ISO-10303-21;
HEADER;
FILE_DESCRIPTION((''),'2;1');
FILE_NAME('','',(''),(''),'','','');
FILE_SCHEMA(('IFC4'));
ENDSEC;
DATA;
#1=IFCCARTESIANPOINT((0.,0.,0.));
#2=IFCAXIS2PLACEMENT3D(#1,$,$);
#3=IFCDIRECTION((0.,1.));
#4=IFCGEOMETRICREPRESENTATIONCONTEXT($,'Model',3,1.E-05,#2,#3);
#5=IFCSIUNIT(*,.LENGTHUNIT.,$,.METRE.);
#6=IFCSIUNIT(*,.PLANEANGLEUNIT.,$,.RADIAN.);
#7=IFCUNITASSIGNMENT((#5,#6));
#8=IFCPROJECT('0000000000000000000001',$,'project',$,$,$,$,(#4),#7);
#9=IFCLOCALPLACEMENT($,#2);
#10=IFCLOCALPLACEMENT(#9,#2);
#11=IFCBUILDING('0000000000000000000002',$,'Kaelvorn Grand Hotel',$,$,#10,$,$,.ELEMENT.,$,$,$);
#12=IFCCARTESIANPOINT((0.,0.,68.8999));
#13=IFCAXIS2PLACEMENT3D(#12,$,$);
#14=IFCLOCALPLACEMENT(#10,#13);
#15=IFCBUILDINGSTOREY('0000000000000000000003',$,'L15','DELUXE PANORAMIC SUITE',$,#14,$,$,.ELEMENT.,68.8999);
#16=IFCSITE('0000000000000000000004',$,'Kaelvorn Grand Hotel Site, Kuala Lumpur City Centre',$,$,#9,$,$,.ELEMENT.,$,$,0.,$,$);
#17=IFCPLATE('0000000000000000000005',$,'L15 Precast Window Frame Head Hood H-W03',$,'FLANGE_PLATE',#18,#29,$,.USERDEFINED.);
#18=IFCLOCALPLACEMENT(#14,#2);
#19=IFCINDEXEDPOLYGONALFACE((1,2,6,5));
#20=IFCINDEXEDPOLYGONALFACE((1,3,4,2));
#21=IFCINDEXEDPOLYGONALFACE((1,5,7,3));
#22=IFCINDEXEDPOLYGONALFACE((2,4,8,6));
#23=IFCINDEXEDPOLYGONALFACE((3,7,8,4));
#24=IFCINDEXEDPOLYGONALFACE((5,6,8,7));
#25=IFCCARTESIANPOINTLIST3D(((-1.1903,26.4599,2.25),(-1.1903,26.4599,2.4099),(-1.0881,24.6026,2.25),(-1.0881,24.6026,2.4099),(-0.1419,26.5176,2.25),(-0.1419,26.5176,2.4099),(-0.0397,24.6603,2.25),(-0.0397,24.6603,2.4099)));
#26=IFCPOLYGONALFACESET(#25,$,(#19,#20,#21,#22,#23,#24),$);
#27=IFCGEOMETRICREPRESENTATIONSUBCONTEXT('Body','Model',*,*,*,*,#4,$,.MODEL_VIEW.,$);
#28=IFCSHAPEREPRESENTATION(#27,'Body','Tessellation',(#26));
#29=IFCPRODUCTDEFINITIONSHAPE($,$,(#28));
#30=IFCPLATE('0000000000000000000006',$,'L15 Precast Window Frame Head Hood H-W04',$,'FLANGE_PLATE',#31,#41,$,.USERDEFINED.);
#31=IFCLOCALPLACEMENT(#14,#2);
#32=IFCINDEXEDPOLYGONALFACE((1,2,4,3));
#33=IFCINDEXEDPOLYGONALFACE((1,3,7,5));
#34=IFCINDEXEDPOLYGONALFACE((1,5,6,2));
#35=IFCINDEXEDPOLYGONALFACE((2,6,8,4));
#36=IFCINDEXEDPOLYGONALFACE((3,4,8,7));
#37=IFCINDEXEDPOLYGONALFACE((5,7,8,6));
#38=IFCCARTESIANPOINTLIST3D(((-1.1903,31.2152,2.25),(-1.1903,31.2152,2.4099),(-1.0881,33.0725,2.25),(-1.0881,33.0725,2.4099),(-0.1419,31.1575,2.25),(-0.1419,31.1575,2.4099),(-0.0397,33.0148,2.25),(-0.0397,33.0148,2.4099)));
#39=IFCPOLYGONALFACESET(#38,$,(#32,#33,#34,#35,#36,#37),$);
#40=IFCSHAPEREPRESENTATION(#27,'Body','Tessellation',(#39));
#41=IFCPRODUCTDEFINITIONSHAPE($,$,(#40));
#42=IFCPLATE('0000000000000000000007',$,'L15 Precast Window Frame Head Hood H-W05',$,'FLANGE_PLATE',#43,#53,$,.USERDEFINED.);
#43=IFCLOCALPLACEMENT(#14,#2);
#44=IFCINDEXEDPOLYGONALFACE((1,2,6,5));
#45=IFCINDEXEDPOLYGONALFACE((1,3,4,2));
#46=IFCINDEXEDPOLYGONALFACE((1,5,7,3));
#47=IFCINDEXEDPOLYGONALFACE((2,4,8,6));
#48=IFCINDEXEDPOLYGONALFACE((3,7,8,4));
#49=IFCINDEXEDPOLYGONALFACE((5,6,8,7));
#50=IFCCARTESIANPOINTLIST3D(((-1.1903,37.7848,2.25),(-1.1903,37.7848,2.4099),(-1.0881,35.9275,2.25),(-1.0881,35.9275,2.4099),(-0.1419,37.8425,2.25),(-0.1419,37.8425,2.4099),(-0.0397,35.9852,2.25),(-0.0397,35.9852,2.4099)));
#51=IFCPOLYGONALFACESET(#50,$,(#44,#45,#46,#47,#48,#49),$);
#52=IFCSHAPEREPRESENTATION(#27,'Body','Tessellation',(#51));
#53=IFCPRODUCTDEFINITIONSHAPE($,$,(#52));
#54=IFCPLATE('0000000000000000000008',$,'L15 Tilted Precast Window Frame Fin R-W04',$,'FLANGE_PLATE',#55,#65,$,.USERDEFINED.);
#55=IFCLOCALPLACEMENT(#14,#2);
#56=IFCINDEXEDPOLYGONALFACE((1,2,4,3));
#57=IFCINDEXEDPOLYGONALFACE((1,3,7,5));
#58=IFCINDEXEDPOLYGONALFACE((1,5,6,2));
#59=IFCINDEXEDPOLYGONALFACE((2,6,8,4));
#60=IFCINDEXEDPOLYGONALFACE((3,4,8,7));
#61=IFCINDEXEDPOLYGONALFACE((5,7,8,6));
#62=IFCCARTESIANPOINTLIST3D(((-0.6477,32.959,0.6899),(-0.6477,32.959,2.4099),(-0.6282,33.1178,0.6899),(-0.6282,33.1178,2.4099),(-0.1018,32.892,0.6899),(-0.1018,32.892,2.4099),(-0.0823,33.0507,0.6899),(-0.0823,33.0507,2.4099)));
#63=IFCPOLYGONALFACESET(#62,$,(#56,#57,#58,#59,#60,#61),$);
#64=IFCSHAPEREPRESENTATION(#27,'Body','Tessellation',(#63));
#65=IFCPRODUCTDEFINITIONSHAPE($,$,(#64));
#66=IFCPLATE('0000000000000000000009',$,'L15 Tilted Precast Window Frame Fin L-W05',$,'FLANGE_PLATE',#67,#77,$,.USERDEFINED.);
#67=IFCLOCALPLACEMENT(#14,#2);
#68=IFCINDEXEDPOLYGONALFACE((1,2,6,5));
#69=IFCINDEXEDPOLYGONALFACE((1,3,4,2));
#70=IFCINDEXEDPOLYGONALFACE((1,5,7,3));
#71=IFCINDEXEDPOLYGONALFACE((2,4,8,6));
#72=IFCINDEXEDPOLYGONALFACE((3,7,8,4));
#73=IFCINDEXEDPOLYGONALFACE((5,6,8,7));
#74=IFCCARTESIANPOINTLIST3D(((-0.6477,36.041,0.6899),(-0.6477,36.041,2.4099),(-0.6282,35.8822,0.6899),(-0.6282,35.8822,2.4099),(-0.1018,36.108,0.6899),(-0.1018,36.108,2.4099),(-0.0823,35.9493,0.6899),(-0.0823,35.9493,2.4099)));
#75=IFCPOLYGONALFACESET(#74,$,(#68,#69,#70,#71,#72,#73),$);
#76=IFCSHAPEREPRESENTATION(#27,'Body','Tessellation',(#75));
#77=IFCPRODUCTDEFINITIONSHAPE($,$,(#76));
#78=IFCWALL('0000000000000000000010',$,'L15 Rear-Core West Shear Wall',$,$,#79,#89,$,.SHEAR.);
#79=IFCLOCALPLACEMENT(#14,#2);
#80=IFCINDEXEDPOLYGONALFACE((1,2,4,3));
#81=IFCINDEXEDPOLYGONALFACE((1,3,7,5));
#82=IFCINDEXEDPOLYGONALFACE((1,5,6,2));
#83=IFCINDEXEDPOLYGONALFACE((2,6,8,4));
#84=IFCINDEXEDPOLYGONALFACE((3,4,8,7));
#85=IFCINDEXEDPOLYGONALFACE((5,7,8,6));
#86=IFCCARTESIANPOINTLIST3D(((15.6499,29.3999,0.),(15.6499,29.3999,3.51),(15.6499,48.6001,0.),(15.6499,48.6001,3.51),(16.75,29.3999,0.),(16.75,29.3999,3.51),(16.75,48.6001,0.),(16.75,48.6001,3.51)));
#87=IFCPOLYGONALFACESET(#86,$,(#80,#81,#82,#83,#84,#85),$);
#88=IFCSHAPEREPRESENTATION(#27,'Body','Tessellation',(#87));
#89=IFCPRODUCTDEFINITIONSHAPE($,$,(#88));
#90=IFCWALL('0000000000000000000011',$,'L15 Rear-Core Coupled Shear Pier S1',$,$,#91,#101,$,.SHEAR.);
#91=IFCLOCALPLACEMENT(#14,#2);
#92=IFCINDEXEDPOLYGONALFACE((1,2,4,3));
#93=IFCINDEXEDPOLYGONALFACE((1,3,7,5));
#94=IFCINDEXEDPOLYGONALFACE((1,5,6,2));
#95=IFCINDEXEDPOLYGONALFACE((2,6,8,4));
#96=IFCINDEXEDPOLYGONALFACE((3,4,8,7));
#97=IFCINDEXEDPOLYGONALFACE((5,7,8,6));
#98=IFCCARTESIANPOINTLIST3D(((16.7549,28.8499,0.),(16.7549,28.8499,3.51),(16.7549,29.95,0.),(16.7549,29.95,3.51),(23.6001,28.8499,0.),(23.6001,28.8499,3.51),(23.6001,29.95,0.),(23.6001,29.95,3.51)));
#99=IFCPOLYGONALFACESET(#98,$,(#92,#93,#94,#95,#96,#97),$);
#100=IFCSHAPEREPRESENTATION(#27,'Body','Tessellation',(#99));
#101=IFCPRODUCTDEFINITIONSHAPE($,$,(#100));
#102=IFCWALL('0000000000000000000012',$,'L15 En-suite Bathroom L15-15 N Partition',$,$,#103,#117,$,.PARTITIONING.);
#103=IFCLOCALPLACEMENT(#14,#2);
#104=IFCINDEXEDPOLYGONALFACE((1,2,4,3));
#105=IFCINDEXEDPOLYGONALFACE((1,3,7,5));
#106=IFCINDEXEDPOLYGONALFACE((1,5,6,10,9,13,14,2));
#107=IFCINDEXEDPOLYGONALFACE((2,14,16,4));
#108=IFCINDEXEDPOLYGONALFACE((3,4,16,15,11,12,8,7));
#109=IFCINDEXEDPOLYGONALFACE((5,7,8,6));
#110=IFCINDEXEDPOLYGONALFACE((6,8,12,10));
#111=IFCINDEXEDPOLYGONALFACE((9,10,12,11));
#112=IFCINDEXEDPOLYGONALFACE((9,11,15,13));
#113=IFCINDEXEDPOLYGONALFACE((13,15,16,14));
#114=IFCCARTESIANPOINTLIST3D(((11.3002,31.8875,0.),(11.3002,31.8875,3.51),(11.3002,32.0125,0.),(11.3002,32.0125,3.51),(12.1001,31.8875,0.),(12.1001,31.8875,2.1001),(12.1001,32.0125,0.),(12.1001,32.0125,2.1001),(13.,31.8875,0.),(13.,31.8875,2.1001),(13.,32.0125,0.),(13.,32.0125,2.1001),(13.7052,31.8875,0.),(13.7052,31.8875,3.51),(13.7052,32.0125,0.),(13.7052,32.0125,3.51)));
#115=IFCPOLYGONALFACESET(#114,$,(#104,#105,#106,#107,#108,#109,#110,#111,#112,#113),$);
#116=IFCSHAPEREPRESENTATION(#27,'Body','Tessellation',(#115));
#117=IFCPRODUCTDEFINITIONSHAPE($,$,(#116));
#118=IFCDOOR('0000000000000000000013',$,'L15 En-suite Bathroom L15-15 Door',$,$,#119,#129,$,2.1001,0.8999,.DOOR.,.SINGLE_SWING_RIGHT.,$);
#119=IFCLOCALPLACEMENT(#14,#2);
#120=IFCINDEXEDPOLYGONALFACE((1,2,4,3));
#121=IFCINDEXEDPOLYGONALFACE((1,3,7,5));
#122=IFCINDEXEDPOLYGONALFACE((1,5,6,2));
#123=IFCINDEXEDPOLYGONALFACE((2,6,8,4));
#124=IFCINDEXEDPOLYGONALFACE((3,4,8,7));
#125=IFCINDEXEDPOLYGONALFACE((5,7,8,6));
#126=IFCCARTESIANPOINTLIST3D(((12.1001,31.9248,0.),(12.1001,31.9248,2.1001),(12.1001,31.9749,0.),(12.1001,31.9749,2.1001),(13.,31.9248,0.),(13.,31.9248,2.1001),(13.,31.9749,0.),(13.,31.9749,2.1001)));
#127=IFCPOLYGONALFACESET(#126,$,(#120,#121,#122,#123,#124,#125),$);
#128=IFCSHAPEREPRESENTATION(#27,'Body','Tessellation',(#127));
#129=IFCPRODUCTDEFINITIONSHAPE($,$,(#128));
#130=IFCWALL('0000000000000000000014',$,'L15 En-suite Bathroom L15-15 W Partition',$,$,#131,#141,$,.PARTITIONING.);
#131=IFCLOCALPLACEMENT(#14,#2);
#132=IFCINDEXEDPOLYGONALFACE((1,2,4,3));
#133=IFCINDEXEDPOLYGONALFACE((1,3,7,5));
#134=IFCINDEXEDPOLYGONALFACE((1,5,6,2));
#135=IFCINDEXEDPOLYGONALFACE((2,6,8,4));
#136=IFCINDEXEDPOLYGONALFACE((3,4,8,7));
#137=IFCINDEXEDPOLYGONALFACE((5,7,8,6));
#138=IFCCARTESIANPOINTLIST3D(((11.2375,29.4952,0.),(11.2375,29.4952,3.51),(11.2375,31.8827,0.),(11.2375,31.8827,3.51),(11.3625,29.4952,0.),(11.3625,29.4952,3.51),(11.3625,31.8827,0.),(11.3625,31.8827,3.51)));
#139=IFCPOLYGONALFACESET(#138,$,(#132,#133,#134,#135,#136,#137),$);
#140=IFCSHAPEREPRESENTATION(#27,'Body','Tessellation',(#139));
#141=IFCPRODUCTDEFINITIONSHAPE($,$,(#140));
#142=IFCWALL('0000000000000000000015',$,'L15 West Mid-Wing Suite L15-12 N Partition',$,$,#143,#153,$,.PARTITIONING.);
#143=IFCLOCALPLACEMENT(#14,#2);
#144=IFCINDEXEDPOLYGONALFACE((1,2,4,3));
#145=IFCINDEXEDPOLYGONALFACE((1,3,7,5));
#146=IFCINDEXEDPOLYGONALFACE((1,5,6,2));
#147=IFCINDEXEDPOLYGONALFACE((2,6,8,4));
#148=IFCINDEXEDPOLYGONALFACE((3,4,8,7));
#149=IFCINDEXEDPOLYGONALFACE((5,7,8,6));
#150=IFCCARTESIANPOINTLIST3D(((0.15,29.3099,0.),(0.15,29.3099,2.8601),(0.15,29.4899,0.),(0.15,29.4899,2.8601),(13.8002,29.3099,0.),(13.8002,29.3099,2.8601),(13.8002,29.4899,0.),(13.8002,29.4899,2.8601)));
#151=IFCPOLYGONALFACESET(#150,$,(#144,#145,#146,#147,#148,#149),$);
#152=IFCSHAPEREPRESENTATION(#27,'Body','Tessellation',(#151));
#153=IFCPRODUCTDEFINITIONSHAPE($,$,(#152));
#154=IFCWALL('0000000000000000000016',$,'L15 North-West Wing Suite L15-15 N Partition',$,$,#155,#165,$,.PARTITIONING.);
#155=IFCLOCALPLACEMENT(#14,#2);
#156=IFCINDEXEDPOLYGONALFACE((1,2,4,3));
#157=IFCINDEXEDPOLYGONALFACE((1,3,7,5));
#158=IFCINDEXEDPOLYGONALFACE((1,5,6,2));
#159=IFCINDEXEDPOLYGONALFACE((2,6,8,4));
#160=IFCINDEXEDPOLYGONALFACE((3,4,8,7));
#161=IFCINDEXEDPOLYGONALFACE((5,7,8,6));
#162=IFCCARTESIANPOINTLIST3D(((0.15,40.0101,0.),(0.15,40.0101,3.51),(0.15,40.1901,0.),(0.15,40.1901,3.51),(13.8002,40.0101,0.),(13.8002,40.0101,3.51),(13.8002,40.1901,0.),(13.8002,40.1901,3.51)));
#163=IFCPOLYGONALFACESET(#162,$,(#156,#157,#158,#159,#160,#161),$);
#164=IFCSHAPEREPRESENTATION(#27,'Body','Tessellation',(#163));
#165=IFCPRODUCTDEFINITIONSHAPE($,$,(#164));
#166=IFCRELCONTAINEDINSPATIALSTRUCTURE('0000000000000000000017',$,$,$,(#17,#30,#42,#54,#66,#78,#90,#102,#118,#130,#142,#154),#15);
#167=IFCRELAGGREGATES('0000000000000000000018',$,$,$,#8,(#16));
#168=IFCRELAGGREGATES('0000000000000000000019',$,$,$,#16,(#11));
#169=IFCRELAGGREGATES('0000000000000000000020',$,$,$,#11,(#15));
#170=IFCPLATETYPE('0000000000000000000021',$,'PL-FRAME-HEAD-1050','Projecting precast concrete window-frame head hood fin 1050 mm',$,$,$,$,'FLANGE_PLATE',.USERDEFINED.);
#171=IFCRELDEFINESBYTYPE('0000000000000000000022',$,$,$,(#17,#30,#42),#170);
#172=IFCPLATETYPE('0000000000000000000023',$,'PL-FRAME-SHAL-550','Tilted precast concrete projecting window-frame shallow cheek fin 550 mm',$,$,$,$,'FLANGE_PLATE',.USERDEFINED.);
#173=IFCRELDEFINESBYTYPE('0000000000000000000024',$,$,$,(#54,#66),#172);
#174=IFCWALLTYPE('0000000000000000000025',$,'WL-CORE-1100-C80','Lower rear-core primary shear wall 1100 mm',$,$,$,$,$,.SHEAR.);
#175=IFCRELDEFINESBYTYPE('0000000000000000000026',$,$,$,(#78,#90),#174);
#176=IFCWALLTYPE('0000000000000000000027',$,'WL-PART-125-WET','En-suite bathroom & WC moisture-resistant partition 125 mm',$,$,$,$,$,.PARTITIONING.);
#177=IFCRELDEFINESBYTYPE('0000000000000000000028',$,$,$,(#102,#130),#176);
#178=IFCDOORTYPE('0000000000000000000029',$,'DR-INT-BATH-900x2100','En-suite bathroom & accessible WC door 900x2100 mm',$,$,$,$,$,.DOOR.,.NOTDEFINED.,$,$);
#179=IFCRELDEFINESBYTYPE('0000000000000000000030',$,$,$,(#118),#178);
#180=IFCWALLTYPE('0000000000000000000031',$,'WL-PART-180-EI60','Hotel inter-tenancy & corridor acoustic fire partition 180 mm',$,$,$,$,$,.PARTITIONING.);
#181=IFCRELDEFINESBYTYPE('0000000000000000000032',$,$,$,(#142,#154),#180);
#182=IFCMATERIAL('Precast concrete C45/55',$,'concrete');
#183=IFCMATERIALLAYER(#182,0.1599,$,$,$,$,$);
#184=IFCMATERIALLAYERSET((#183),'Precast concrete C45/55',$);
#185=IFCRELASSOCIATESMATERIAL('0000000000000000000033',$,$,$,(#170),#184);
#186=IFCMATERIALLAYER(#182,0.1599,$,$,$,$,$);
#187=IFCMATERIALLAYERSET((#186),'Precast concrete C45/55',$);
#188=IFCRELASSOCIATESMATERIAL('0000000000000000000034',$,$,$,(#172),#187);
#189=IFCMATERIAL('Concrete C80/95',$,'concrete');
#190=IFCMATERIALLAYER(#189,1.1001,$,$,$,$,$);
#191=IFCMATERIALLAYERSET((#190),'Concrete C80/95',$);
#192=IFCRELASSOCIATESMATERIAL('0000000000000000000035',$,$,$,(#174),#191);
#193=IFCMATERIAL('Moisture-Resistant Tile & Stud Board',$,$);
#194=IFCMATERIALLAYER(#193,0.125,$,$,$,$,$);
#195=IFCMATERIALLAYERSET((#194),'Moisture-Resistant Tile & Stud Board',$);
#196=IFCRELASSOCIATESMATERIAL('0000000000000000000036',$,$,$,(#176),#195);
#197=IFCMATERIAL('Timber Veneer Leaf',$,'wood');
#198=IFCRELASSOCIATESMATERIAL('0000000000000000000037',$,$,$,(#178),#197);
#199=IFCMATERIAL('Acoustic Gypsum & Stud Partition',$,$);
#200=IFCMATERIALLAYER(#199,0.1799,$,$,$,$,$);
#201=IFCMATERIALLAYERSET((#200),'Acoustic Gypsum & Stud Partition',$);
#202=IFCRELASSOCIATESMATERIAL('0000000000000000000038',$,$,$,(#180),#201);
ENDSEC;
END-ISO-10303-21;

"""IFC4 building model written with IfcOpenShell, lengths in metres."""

from ifc_helpers import new_model, si_unit, direction, frame, frame_2d, origin, origin_2d, place, context, subcontext, project, spatial, rectangle, extrude, material, layer, layer_set, type_object, element, fill, save


model = new_model("IFC4")

# Units and contexts
model_context = context("Model", 3, precision=1e-05, world=origin(), true_north=direction((0.0, 1.0)))
body_context = subcontext(model_context, "Body", "Model", "MODEL_VIEW")
ifc_project = project(units=[si_unit("LENGTHUNIT", "METRE"), si_unit("PLANEANGLEUNIT", "RADIAN")], contexts=[model_context])

# Site, building, storey
site_placement = place(None, origin())
site = spatial("IfcSite", under=ifc_project, at=site_placement, Name="Kaelvorn Grand Hotel Site, Kuala Lumpur City Centre", CompositionType="ELEMENT", RefElevation=0.0)
building_placement = place(site_placement, origin())
building = spatial("IfcBuilding", under=site, at=building_placement, Name="Kaelvorn Grand Hotel", CompositionType="ELEMENT")
storey_placement = place(building_placement, frame((0.0, 0.0, 68.8999)))
storey = spatial("IfcBuildingStorey", under=building, at=storey_placement, Name="L15", Description="DELUXE PANORAMIC SUITE", CompositionType="ELEMENT", Elevation=68.8999)

# Shared definitions
ifc_material_1 = material(Name="Concrete C80/95", Category="concrete")

# Plates
ifc_material_2 = material(Name="Precast concrete C45/55", Category="concrete")
ifc_layer_1 = layer(ifc_material_2, 0.1599)
ifc_layer_set_1 = layer_set([ifc_layer_1], Name="Precast concrete C45/55")
plate_type_1 = type_object("IfcPlateType", Name="PL-FRAME-HEAD-1050", Description="Projecting precast concrete window-frame head hood fin 1050 mm", ElementType="FLANGE_PLATE", PredefinedType="USERDEFINED", material=ifc_layer_set_1)
for number, where, z_axis, x_axis, name in (
    (1, (-0.615, 25.5601, 2.25), (0.0, 0.0, 1.0), (-0.05495, 0.998489, 0.0), "L15 Precast Window Frame Head Hood H-W03"),
    (2, (-0.615, 32.115, 2.25), (0.0, 0.0, 1.0), (0.05495, 0.998489, 0.0), "L15 Precast Window Frame Head Hood H-W04"),
    (3, (-0.615, 36.885, 2.25), (0.0, 0.0, 1.0), (-0.05495, 0.998489, 0.0), "L15 Precast Window Frame Head Hood H-W05"),
):
    element("IfcPlate", number, at=place(storey_placement, frame(where, z_axis=z_axis, x_axis=x_axis)), inside=storey, type_object=plate_type_1, Name=name, ObjectType="FLANGE_PLATE", PredefinedType="USERDEFINED", context=body_context, shape_type="SweptSolid", body=[
        extrude(rectangle(XDim=1.8601, YDim=1.05, at=origin_2d()), origin(), (0.0, 0.0, 1.0), 0.1599),
    ])
ifc_layer_2 = layer(ifc_material_2, 0.1599)
ifc_layer_set_2 = layer_set([ifc_layer_2], Name="Precast concrete C45/55")
plate_type_2 = type_object("IfcPlateType", Name="PL-FRAME-SHAL-550", Description="Tilted precast concrete projecting window-frame shallow cheek fin 550 mm", ElementType="FLANGE_PLATE", PredefinedType="USERDEFINED", material=ifc_layer_set_2)
for number, where, z_axis, x_axis, name in (
    (4, (-0.365, 33.0049, 0.6899), (0.0, 0.0, 1.0), (0.121869, 0.992546, 0.0), "L15 Tilted Precast Window Frame Fin R-W04"),
    (5, (-0.365, 35.9951, 0.6899), (0.0, 0.0, 1.0), (-0.121869, 0.992546, 0.0), "L15 Tilted Precast Window Frame Fin L-W05"),
):
    element("IfcPlate", number, at=place(storey_placement, frame(where, z_axis=z_axis, x_axis=x_axis)), inside=storey, type_object=plate_type_2, Name=name, ObjectType="FLANGE_PLATE", PredefinedType="USERDEFINED", context=body_context, shape_type="SweptSolid", body=[
        extrude(rectangle(XDim=0.1599, YDim=0.55, at=origin_2d()), origin(), (0.0, 0.0, 1.0), 1.72),
    ])

# Walls
ifc_layer_3 = layer(ifc_material_1, 1.1001)
ifc_layer_set_3 = layer_set([ifc_layer_3], Name="Concrete C80/95")
wall_type_1 = type_object("IfcWallType", Name="WL-CORE-1100-C80", Description="Lower rear-core primary shear wall 1100 mm", PredefinedType="SHEAR", material=ifc_layer_set_3)
wall_1_placement = place(storey_placement, frame((16.2, 29.3999, 0.0), z_axis=(0.0, 0.0, 1.0), x_axis=(0.0, 1.0, 0.0)))
element("IfcWall", 6, at=wall_1_placement, inside=storey, type_object=wall_type_1, Name="L15 Rear-Core West Shear Wall", PredefinedType="SHEAR", context=body_context, shape_type="SweptSolid", body=[
    extrude(rectangle(XDim=19.2002, YDim=1.1001, at=frame_2d((9.6001, 0.0))), origin(), (0.0, 0.0, 1.0), 3.51),
])
wall_2_placement = place(storey_placement, frame((16.7549, 29.3999, 0.0), z_axis=(0.0, 0.0, 1.0), x_axis=(1.0, 0.0, 0.0)))
element("IfcWall", 7, at=wall_2_placement, inside=storey, type_object=wall_type_1, Name="L15 Rear-Core Coupled Shear Pier S1", PredefinedType="SHEAR", context=body_context, shape_type="SweptSolid", body=[
    extrude(rectangle(XDim=6.8452, YDim=1.1001, at=frame_2d((3.4226, 0.0))), origin(), (0.0, 0.0, 1.0), 3.51),
])

# Wall, opening, door
ifc_material_3 = material(Name="Moisture-Resistant Tile & Stud Board")
ifc_layer_4 = layer(ifc_material_3, 0.125)
ifc_layer_set_4 = layer_set([ifc_layer_4], Name="Moisture-Resistant Tile & Stud Board")
wall_type_2 = type_object("IfcWallType", Name="WL-PART-125-WET", Description="En-suite bathroom & WC moisture-resistant partition 125 mm", PredefinedType="PARTITIONING", material=ifc_layer_set_4)
wall_3_placement = place(storey_placement, frame((11.3, 31.95, 0.0), z_axis=(0.0, 0.0, 1.0), x_axis=(1.0, 0.0, 0.0)))
wall_3 = element("IfcWall", 8, at=wall_3_placement, inside=storey, type_object=wall_type_2, Name="L15 En-suite Bathroom L15-15 N Partition", PredefinedType="PARTITIONING", context=body_context, shape_type="SweptSolid", body=[
    extrude(rectangle(XDim=2.405, YDim=0.125, at=frame_2d((1.2026, 0.0))), origin(), (0.0, 0.0, 1.0), 3.51),
])
opening_1_placement = place(wall_3_placement, frame((0.8, 0.0, 0.0)))
opening_1 = element("IfcOpeningElement", 9, at=opening_1_placement, cuts=wall_3, PredefinedType="OPENING", context=body_context, shape_type="SweptSolid", body=[
    extrude(rectangle(XDim=0.8999, YDim=2.1001, at=frame_2d((0.45, 1.05))), frame((0.0, 0.0725, 0.0), z_axis=(0.0, -1.0, 0.0), x_axis=(1.0, 0.0, 0.0)), (0.0, 0.0, 1.0), 0.145),
])
ifc_material_4 = material(Name="Timber Veneer Leaf", Category="wood")
door_type_1 = type_object("IfcDoorType", Name="DR-INT-BATH-900x2100", Description="En-suite bathroom & accessible WC door 900x2100 mm", OperationType="NOTDEFINED", PredefinedType="DOOR", material=ifc_material_4)
door_1_placement = place(opening_1_placement, origin())
door_1 = element("IfcDoor", 10, at=door_1_placement, inside=storey, type_object=door_type_1, Name="L15 En-suite Bathroom L15-15 Door", OperationType="SINGLE_SWING_RIGHT", OverallHeight=2.1001, OverallWidth=0.8999, PredefinedType="DOOR", context=body_context, shape_type="SweptSolid", body=[
    extrude(rectangle(XDim=0.8999, YDim=2.1001, at=frame_2d((0.45, 1.05))), frame((0.0, 0.0249, 0.0), z_axis=(0.0, -1.0, 0.0), x_axis=(1.0, 0.0, 0.0)), (0.0, 0.0, 1.0), 0.05),
])
fill(opening_1, door_1)

# Walls
wall_4_placement = place(storey_placement, frame((11.3, 29.4951, 0.0), z_axis=(0.0, 0.0, 1.0), x_axis=(0.0, 1.0, 0.0)))
element("IfcWall", 11, at=wall_4_placement, inside=storey, type_object=wall_type_2, Name="L15 En-suite Bathroom L15-15 W Partition", PredefinedType="PARTITIONING", context=body_context, shape_type="SweptSolid", body=[
    extrude(rectangle(XDim=2.3875, YDim=0.125, at=frame_2d((1.1938, 0.0))), origin(), (0.0, 0.0, 1.0), 3.51),
])
ifc_material_5 = material(Name="Acoustic Gypsum & Stud Partition")
ifc_layer_5 = layer(ifc_material_5, 0.1799)
ifc_layer_set_5 = layer_set([ifc_layer_5], Name="Acoustic Gypsum & Stud Partition")
wall_type_3 = type_object("IfcWallType", Name="WL-PART-180-EI60", Description="Hotel inter-tenancy & corridor acoustic fire partition 180 mm", PredefinedType="PARTITIONING", material=ifc_layer_set_5)
wall_5_placement = place(storey_placement, frame((0.1499, 29.3999, 0.0), z_axis=(0.0, 0.0, 1.0), x_axis=(1.0, 0.0, 0.0)))
element("IfcWall", 12, at=wall_5_placement, inside=storey, type_object=wall_type_3, Name="L15 West Mid-Wing Suite L15-12 N Partition", PredefinedType="PARTITIONING", context=body_context, shape_type="SweptSolid", body=[
    extrude(rectangle(XDim=13.6501, YDim=0.1799, at=frame_2d((6.8252, 0.0))), origin(), (0.0, 0.0, 1.0), 2.8601),
])
wall_6_placement = place(storey_placement, frame((0.1499, 40.1001, 0.0), z_axis=(0.0, 0.0, 1.0), x_axis=(1.0, 0.0, 0.0)))
element("IfcWall", 13, at=wall_6_placement, inside=storey, type_object=wall_type_3, Name="L15 North-West Wing Suite L15-15 N Partition", PredefinedType="PARTITIONING", context=body_context, shape_type="SweptSolid", body=[
    extrude(rectangle(XDim=13.6501, YDim=0.1799, at=frame_2d((6.8252, 0.0))), origin(), (0.0, 0.0, 1.0), 3.51),
])

save(model, "model.ifc")
